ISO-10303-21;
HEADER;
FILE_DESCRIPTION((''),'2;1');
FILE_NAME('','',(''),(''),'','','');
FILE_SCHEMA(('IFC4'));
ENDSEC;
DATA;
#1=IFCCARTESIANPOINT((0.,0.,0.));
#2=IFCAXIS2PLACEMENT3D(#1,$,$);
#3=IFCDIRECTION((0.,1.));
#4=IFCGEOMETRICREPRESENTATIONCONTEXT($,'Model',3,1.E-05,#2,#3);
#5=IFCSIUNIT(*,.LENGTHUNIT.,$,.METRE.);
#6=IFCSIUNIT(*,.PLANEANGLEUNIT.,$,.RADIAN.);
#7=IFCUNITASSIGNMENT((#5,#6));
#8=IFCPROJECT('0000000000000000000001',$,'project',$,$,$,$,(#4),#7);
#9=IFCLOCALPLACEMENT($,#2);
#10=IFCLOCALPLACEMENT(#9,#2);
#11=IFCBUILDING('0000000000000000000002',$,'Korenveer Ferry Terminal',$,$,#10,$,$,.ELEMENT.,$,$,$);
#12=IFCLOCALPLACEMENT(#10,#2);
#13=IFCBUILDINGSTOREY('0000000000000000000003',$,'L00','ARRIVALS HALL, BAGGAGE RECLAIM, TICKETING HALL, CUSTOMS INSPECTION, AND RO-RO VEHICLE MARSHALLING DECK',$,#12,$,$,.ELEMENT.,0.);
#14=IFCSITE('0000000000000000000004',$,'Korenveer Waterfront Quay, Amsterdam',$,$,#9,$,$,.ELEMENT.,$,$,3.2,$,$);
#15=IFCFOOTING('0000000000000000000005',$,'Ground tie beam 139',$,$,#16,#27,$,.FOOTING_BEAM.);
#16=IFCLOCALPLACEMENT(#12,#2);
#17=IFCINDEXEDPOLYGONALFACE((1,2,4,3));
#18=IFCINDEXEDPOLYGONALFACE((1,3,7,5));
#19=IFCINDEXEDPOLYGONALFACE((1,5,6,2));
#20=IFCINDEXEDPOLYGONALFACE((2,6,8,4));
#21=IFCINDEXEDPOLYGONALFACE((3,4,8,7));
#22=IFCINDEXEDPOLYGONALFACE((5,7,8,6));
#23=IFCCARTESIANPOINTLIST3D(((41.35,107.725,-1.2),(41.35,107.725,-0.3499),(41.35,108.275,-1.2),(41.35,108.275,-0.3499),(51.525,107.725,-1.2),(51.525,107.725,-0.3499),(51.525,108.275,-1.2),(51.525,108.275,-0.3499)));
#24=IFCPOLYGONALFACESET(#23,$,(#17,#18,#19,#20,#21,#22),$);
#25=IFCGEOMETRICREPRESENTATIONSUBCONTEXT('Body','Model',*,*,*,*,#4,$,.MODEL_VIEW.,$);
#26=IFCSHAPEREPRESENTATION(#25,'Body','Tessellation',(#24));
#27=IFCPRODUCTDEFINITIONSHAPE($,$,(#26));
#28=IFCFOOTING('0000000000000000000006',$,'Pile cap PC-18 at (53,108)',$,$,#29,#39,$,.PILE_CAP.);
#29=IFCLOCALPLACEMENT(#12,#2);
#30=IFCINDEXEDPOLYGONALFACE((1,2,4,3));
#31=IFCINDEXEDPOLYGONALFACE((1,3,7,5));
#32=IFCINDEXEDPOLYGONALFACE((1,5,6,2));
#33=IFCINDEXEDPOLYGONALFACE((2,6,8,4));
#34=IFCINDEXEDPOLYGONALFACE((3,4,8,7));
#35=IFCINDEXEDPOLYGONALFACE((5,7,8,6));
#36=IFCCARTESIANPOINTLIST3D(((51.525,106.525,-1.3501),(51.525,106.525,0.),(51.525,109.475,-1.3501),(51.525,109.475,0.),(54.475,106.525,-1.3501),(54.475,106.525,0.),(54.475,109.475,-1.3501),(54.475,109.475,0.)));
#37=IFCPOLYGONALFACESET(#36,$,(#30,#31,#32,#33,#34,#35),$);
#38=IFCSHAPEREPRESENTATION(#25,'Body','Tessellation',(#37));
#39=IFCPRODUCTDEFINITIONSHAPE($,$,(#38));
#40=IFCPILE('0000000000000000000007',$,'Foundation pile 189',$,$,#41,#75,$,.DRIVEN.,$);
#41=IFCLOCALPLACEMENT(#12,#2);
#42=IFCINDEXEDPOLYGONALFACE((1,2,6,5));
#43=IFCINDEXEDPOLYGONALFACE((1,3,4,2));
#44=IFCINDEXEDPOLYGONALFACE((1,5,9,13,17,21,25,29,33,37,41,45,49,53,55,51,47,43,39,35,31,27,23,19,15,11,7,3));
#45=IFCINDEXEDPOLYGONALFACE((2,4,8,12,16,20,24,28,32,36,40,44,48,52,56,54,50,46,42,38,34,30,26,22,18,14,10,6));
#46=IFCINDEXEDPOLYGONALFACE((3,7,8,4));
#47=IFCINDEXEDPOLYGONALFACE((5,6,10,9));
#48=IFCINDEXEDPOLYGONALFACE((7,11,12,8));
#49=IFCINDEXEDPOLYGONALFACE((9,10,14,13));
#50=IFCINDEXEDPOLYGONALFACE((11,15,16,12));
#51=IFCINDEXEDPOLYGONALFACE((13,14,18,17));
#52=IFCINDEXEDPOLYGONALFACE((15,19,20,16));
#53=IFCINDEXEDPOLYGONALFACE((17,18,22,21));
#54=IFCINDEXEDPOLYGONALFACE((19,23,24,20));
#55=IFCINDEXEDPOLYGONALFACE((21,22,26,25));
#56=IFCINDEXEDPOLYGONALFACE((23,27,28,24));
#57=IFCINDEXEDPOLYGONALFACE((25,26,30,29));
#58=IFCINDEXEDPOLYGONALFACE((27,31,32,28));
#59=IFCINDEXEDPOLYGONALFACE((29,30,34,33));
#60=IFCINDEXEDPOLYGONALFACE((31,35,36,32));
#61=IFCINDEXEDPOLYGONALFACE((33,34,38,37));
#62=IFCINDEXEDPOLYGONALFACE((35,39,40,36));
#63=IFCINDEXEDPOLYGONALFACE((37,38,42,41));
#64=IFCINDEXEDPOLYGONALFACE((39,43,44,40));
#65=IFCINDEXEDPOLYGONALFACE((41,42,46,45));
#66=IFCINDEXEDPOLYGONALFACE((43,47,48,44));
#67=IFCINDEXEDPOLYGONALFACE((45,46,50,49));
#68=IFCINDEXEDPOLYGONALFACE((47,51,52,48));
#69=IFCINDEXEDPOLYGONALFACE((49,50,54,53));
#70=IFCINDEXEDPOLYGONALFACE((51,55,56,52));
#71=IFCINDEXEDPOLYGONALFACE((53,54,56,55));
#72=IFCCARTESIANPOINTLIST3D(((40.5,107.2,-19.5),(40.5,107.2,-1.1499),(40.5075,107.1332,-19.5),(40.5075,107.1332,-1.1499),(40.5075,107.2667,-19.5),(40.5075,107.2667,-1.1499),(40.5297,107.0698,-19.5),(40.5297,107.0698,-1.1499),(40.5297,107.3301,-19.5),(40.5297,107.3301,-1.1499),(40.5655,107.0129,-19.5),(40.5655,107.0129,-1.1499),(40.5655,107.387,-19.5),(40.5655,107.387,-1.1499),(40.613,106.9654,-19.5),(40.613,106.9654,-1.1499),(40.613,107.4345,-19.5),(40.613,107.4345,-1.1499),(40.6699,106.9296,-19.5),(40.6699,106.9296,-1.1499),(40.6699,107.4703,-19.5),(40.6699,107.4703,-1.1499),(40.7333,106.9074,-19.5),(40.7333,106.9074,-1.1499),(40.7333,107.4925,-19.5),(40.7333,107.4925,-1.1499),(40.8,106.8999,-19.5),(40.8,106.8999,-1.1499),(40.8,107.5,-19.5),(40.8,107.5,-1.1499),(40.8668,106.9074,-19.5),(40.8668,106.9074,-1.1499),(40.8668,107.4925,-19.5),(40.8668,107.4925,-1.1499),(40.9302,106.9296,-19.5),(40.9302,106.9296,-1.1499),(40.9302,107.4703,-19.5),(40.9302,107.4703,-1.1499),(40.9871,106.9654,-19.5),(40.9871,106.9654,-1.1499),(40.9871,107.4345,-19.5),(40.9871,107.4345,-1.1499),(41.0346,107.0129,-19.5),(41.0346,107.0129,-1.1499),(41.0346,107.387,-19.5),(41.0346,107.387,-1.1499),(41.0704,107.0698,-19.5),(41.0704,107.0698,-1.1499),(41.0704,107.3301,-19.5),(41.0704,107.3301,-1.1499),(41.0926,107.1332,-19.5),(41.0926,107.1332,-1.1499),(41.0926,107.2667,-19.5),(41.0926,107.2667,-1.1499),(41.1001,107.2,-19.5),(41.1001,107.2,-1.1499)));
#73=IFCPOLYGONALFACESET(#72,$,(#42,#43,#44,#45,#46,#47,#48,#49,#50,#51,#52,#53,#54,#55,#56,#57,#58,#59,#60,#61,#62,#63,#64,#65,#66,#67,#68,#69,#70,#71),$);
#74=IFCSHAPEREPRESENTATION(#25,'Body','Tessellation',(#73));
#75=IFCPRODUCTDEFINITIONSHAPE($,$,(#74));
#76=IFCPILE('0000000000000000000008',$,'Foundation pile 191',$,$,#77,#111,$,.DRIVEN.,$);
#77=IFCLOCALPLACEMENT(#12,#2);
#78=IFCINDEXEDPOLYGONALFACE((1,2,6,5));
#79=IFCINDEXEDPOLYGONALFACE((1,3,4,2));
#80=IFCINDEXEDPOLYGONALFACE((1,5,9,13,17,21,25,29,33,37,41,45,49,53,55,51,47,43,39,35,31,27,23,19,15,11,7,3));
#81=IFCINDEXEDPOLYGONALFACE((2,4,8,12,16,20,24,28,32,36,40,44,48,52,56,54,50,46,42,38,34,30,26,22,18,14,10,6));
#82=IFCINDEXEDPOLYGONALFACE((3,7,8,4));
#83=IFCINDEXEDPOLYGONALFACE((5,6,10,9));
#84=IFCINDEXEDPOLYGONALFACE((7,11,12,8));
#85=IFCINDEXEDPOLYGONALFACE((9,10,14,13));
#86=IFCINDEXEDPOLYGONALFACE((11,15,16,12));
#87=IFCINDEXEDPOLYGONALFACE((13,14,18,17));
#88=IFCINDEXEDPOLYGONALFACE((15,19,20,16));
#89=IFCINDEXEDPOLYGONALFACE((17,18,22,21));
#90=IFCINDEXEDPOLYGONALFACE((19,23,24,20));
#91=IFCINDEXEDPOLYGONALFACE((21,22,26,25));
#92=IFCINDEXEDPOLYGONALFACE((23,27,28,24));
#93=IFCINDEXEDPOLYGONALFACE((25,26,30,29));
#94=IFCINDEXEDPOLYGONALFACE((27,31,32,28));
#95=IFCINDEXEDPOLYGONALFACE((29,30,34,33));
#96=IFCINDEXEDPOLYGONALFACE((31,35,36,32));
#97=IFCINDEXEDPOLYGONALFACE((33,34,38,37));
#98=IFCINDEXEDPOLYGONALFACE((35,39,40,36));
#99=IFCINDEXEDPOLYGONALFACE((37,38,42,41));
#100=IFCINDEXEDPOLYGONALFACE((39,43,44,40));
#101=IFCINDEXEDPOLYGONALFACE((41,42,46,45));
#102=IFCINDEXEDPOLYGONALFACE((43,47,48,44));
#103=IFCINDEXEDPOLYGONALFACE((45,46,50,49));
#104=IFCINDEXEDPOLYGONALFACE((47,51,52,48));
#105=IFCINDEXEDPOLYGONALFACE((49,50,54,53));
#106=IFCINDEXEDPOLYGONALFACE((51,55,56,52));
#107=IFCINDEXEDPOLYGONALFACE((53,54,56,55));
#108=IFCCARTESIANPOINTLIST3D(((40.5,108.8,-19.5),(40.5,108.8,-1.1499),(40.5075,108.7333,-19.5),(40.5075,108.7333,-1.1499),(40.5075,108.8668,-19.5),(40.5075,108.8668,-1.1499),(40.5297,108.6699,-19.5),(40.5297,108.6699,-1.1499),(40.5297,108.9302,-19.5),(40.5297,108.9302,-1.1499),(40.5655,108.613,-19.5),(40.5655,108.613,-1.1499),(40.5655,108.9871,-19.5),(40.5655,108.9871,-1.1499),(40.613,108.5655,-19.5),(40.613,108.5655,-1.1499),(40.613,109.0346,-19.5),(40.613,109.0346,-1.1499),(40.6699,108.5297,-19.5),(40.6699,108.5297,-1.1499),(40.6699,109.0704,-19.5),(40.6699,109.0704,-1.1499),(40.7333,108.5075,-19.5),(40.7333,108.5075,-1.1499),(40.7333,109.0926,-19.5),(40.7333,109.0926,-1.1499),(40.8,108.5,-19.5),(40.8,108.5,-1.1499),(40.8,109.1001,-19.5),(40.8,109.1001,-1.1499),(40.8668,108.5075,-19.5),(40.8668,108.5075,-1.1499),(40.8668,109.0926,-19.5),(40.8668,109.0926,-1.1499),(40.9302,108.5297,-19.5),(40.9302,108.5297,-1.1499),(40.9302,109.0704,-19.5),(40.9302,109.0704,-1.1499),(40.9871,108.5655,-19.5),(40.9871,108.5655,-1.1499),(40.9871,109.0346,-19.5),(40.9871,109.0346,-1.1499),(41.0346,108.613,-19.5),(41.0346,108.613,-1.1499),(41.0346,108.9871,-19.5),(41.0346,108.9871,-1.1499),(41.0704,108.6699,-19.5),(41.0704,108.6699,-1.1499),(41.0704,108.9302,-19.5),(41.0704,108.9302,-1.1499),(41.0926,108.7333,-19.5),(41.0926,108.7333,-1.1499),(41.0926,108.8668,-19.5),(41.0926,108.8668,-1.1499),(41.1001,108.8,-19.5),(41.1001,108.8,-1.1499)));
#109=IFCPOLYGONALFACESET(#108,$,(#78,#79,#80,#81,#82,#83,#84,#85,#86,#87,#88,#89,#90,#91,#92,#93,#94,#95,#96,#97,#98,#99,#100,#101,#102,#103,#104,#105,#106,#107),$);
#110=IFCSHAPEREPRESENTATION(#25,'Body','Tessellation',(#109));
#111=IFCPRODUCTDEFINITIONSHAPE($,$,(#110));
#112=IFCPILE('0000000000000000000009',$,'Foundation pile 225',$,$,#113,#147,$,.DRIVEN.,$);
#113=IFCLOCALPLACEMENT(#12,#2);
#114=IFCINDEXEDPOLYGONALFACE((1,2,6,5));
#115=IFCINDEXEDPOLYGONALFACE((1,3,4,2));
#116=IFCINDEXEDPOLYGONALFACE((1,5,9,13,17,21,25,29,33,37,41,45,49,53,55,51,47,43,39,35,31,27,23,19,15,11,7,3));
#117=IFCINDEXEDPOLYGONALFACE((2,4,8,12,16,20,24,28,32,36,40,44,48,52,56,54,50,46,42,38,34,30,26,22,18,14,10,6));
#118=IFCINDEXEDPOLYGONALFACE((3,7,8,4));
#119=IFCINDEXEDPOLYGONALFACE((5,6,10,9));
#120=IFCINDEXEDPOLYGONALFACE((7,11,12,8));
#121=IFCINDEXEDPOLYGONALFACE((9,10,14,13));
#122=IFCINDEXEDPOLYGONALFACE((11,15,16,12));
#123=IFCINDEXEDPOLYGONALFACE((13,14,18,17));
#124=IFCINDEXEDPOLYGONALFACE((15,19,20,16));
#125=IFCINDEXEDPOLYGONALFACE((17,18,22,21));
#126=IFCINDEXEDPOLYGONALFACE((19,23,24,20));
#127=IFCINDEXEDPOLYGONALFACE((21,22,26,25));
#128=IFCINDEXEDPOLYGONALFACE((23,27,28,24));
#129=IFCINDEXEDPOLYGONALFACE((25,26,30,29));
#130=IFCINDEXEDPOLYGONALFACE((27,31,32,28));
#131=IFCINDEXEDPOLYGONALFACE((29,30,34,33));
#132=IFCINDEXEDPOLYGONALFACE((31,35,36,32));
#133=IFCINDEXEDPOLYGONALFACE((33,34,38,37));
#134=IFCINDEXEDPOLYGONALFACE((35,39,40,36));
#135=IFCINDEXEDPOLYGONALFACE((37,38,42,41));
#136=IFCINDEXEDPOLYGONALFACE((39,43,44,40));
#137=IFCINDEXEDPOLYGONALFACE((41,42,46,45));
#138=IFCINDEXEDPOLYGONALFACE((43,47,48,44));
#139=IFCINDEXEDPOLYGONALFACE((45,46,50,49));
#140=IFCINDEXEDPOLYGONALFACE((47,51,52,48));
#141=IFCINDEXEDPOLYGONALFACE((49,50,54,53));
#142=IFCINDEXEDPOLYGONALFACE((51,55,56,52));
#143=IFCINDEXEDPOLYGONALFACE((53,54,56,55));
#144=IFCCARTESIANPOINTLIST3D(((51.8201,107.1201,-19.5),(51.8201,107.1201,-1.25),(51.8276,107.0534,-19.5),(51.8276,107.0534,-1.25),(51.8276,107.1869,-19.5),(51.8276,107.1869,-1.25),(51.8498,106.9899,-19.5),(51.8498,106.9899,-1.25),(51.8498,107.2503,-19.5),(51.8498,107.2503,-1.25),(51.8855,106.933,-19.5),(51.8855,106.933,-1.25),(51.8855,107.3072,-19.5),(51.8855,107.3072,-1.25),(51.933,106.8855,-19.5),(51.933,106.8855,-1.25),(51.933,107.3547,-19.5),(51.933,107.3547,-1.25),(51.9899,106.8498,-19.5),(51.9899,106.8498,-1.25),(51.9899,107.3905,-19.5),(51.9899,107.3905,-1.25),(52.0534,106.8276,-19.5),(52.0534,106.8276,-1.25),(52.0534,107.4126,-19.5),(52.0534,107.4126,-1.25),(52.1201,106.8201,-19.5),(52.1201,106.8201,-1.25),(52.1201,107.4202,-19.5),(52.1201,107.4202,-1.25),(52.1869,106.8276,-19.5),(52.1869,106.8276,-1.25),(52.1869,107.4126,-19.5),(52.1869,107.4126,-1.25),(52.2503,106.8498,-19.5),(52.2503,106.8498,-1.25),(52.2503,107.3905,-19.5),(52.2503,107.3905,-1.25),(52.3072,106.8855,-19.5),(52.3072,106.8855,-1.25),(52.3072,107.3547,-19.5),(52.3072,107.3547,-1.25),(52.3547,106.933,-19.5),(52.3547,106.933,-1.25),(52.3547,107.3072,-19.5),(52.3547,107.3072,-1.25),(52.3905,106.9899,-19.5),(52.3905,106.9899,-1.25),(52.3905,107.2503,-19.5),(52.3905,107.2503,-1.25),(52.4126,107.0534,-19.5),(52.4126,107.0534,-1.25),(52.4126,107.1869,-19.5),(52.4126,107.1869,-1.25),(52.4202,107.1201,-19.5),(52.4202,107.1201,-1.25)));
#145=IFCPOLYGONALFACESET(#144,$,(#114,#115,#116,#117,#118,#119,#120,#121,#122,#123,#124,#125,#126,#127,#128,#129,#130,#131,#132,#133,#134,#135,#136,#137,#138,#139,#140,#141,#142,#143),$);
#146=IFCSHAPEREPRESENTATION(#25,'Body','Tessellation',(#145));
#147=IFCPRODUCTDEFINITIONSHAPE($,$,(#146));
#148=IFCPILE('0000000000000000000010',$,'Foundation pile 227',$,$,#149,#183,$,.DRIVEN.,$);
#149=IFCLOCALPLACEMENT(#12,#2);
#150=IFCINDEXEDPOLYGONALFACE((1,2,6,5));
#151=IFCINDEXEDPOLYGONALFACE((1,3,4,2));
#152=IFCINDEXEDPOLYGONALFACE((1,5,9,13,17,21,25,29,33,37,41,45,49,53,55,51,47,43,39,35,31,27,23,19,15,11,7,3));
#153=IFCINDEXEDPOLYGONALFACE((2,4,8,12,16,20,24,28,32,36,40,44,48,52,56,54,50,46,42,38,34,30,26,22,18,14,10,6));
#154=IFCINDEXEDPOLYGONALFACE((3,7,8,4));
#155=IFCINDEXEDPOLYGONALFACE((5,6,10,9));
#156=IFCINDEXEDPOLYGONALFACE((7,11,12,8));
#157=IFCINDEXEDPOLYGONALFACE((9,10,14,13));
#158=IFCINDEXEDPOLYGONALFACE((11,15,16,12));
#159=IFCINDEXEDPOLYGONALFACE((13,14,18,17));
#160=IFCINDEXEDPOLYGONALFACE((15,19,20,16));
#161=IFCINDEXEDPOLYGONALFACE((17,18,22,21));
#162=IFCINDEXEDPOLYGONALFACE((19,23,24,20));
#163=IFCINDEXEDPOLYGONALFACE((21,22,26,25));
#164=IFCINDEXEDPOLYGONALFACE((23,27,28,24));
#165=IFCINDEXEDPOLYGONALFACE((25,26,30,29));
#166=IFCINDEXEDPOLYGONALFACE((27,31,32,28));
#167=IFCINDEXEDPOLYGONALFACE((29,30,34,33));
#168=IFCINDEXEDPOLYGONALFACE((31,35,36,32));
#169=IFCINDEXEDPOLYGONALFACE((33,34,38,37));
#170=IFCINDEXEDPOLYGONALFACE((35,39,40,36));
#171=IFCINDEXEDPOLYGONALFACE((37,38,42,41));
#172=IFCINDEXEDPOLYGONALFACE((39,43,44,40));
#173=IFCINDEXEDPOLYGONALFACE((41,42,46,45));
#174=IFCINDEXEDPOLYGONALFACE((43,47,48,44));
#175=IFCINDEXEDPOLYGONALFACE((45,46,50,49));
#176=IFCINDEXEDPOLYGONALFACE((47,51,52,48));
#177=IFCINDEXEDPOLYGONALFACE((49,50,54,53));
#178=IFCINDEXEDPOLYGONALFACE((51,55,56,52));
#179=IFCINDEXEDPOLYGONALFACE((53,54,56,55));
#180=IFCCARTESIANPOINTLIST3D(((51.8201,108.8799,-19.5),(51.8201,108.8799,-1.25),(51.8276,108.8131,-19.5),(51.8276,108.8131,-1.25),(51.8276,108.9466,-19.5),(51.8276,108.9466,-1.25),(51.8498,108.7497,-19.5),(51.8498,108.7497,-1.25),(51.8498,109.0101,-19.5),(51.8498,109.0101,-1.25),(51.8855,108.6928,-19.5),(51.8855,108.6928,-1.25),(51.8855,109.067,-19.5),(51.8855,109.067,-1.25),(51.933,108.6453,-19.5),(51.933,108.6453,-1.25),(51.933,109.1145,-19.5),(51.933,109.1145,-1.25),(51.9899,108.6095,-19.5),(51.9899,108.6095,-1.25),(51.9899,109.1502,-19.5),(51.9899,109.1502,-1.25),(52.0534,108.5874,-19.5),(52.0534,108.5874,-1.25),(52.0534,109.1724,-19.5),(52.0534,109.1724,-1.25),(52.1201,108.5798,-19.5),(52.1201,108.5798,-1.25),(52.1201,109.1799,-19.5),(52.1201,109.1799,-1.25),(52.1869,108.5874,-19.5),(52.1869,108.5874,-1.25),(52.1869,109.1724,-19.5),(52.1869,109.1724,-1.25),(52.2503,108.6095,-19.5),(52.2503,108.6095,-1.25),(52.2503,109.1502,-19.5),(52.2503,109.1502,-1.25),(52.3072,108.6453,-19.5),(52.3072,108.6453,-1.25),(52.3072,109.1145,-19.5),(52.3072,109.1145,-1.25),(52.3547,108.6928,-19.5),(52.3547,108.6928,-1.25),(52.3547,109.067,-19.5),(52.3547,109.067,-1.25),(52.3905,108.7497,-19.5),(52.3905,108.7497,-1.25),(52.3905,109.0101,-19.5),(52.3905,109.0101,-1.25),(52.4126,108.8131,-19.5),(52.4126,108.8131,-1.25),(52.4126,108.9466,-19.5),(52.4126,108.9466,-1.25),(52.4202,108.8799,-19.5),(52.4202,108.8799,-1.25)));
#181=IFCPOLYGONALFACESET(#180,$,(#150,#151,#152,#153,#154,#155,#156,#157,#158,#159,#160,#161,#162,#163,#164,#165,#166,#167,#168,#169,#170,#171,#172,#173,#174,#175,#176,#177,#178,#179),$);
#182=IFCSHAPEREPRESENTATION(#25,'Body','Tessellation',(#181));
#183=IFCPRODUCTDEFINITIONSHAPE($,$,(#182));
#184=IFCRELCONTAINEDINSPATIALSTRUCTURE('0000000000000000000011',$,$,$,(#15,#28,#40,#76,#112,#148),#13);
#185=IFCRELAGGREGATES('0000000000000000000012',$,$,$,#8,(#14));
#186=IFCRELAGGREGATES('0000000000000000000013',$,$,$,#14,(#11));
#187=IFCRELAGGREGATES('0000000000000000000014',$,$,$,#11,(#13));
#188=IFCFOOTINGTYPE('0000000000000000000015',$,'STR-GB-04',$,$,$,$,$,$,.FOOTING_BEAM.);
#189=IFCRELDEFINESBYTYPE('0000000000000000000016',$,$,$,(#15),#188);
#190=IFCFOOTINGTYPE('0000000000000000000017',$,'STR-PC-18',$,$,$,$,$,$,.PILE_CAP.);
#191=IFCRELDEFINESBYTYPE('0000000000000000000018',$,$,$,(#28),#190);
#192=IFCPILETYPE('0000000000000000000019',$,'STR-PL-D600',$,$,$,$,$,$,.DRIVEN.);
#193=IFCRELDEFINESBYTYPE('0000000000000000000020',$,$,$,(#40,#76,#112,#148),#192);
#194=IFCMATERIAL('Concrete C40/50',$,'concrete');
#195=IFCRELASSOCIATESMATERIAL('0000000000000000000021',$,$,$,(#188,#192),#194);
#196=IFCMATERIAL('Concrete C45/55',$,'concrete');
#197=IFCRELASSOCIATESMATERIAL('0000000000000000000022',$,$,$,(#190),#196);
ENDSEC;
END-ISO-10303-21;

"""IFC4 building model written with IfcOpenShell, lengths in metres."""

from ifc_helpers import new_model, si_unit, direction, frame, origin, origin_2d, place, context, subcontext, project, spatial, rectangle, circle, extrude, material, material_profile, profile_set, type_object, element, save


model = new_model("IFC4")

# Units and contexts
model_context = context("Model", 3, precision=1e-05, world=origin(), true_north=direction((0.0, 1.0)))
body_context = subcontext(model_context, "Body", "Model", "MODEL_VIEW")
ifc_project = project(units=[si_unit("LENGTHUNIT", "METRE"), si_unit("PLANEANGLEUNIT", "RADIAN")], contexts=[model_context])

# Site, building, storey
site_placement = place(None, origin())
site = spatial("IfcSite", under=ifc_project, at=site_placement, Name="Korenveer Waterfront Quay, Amsterdam", CompositionType="ELEMENT", RefElevation=3.2)
building_placement = place(site_placement, origin())
building = spatial("IfcBuilding", under=site, at=building_placement, Name="Korenveer Ferry Terminal", CompositionType="ELEMENT")
storey_placement = place(building_placement, origin())
storey = spatial("IfcBuildingStorey", under=building, at=storey_placement, Name="L00", Description="ARRIVALS HALL, BAGGAGE RECLAIM, TICKETING HALL, CUSTOMS INSPECTION, AND RO-RO VEHICLE MARSHALLING DECK", CompositionType="ELEMENT", Elevation=0.0)

# Footings
ifc_material_1 = material(Name="Concrete C40/50", Category="concrete")
footing_type_1 = type_object("IfcFootingType", Name="STR-GB-04", PredefinedType="FOOTING_BEAM", material=ifc_material_1)
footing_1_placement = place(storey_placement, frame((46.4375, 108.0, -1.2), z_axis=(0.0, 0.0, 1.0), x_axis=(1.0, 0.0, 0.0)))
element("IfcFooting", 1, at=footing_1_placement, inside=storey, type_object=footing_type_1, Name="Ground tie beam 139", PredefinedType="FOOTING_BEAM", context=body_context, shape_type="SweptSolid", body=[
    extrude(rectangle(XDim=10.175, YDim=0.55, at=origin_2d()), origin(), (0.0, 0.0, 1.0), 0.8501),
])
ifc_material_2 = material(Name="Concrete C45/55", Category="concrete")
footing_type_2 = type_object("IfcFootingType", Name="STR-PC-18", PredefinedType="PILE_CAP", material=ifc_material_2)
footing_2_placement = place(storey_placement, frame((53.0, 108.0, -1.3501), z_axis=(0.0, 0.0, 1.0), x_axis=(1.0, 0.0, 0.0)))
element("IfcFooting", 2, at=footing_2_placement, inside=storey, type_object=footing_type_2, Name="Pile cap PC-18 at (53,108)", PredefinedType="PILE_CAP", context=body_context, shape_type="SweptSolid", body=[
    extrude(rectangle(XDim=2.95, YDim=2.95, at=origin_2d()), origin(), (0.0, 0.0, 1.0), 1.3501),
])

# Piles
ifc_material_profile_1 = material_profile(ifc_material_1, circle(Radius=0.3, at=origin_2d()), Name="PILE D600")
ifc_profile_set_1 = profile_set([ifc_material_profile_1], Name="Concrete C40/50")
pile_type = type_object("IfcPileType", Name="STR-PL-D600", PredefinedType="DRIVEN", material=ifc_profile_set_1)
for number, where, z_axis, x_axis, name in (
    (3, (40.8, 107.2, -1.1499), (0.0, 0.0, -1.0), (1.0, 0.0, 0.0), "Foundation pile 189"),
    (4, (40.8, 108.8, -1.1499), (0.0, 0.0, -1.0), (1.0, 0.0, 0.0), "Foundation pile 191"),
):
    element("IfcPile", number, at=place(storey_placement, frame(where, z_axis=z_axis, x_axis=x_axis)), inside=storey, type_object=pile_type, Name=name, PredefinedType="DRIVEN", context=body_context, shape_type="SweptSolid", body=[
        extrude(circle(Radius=0.3, at=origin_2d()), origin(), (0.0, 0.0, 1.0), 18.3501),
    ])
for number, where, z_axis, x_axis, name in (
    (5, (52.1201, 107.1201, -1.25), (0.0, 0.0, -1.0), (1.0, 0.0, 0.0), "Foundation pile 225"),
    (6, (52.1201, 108.8799, -1.25), (0.0, 0.0, -1.0), (1.0, 0.0, 0.0), "Foundation pile 227"),
):
    element("IfcPile", number, at=place(storey_placement, frame(where, z_axis=z_axis, x_axis=x_axis)), inside=storey, type_object=pile_type, Name=name, PredefinedType="DRIVEN", context=body_context, shape_type="SweptSolid", body=[
        extrude(circle(Radius=0.3, at=origin_2d()), origin(), (0.0, 0.0, 1.0), 18.25),
    ])

save(model, "model.ifc")
